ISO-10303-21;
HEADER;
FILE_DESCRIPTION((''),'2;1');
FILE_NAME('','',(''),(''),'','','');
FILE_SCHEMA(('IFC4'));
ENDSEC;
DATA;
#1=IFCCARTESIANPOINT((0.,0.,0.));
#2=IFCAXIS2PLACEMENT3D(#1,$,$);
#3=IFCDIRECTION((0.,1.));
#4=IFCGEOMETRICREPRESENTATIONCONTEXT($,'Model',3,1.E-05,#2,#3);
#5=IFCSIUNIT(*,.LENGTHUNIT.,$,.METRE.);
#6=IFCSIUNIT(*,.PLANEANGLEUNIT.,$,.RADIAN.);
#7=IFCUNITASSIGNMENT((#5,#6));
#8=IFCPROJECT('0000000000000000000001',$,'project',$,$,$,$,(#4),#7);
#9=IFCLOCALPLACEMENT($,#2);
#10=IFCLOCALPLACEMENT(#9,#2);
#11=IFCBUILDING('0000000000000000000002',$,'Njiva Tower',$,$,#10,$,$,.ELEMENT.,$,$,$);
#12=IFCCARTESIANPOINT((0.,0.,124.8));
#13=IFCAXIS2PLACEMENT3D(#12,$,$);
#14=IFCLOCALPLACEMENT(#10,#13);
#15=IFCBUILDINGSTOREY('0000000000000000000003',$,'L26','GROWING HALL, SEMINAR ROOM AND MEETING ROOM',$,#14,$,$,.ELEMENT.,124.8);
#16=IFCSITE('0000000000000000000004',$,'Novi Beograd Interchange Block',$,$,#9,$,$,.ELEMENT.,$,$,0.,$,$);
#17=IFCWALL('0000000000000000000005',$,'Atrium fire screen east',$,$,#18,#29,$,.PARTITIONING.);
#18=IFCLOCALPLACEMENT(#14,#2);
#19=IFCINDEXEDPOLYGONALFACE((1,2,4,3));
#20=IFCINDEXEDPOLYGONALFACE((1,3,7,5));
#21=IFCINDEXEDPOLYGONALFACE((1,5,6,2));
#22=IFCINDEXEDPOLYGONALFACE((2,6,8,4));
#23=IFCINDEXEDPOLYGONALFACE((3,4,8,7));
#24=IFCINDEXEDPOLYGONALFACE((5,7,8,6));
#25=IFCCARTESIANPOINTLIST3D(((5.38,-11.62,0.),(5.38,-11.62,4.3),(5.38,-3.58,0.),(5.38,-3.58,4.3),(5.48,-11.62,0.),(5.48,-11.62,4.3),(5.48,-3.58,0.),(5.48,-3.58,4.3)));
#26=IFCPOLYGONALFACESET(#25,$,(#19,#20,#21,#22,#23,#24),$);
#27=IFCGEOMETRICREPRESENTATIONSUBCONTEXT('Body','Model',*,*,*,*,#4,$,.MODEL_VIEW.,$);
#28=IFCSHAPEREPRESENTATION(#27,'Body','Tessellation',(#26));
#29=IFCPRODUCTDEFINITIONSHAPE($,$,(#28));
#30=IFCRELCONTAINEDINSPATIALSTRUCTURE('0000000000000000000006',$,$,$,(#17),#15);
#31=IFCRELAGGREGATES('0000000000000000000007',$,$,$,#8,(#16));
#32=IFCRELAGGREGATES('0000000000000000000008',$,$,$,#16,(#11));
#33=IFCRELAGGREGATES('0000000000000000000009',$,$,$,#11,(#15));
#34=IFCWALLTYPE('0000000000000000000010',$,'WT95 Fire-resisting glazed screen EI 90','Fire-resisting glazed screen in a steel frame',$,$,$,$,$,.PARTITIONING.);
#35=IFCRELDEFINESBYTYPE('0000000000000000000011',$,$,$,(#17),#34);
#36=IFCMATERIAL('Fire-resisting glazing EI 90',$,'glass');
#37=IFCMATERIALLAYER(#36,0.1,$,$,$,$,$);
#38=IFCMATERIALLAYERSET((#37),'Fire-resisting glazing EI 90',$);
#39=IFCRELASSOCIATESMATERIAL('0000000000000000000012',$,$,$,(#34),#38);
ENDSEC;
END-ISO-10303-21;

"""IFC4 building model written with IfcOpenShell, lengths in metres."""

from ifc_helpers import new_model, si_unit, direction, frame, frame_2d, origin, place, context, subcontext, project, spatial, rectangle, extrude, material, layer, layer_set, type_object, element, save


model = new_model("IFC4")

# Units and contexts
model_context = context("Model", 3, precision=1e-05, world=origin(), true_north=direction((0.0, 1.0)))
body_context = subcontext(model_context, "Body", "Model", "MODEL_VIEW")
ifc_project = project(units=[si_unit("LENGTHUNIT", "METRE"), si_unit("PLANEANGLEUNIT", "RADIAN")], contexts=[model_context])

# Site, building, storey
site_placement = place(None, origin())
site = spatial("IfcSite", under=ifc_project, at=site_placement, Name="Novi Beograd Interchange Block", CompositionType="ELEMENT", RefElevation=0.0)
building_placement = place(site_placement, origin())
building = spatial("IfcBuilding", under=site, at=building_placement, Name="Njiva Tower", CompositionType="ELEMENT")
storey_placement = place(building_placement, frame((0.0, 0.0, 124.8)))
storey = spatial("IfcBuildingStorey", under=building, at=storey_placement, Name="L26", Description="GROWING HALL, SEMINAR ROOM AND MEETING ROOM", CompositionType="ELEMENT", Elevation=124.8)

# Wall
ifc_material_1 = material(Name="Fire-resisting glazing EI 90", Category="glass")
ifc_layer_1 = layer(ifc_material_1, 0.1)
ifc_layer_set_1 = layer_set([ifc_layer_1], Name="Fire-resisting glazing EI 90")
wall_type_1 = type_object("IfcWallType", Name="WT95 Fire-resisting glazed screen EI 90", Description="Fire-resisting glazed screen in a steel frame", PredefinedType="PARTITIONING", material=ifc_layer_set_1)
wall_1_placement = place(storey_placement, frame((5.43, -11.62, 0.0), z_axis=(0.0, 0.0, 1.0), x_axis=(0.0, 1.0, 0.0)))
element("IfcWall", 1, at=wall_1_placement, inside=storey, type_object=wall_type_1, Name="Atrium fire screen east", PredefinedType="PARTITIONING", context=body_context, shape_type="SweptSolid", body=[
    extrude(rectangle(XDim=8.04, YDim=0.1, at=frame_2d((4.02, 0.0))), origin(), (0.0, 0.0, 1.0), 4.3),
])

save(model, "model.ifc")
